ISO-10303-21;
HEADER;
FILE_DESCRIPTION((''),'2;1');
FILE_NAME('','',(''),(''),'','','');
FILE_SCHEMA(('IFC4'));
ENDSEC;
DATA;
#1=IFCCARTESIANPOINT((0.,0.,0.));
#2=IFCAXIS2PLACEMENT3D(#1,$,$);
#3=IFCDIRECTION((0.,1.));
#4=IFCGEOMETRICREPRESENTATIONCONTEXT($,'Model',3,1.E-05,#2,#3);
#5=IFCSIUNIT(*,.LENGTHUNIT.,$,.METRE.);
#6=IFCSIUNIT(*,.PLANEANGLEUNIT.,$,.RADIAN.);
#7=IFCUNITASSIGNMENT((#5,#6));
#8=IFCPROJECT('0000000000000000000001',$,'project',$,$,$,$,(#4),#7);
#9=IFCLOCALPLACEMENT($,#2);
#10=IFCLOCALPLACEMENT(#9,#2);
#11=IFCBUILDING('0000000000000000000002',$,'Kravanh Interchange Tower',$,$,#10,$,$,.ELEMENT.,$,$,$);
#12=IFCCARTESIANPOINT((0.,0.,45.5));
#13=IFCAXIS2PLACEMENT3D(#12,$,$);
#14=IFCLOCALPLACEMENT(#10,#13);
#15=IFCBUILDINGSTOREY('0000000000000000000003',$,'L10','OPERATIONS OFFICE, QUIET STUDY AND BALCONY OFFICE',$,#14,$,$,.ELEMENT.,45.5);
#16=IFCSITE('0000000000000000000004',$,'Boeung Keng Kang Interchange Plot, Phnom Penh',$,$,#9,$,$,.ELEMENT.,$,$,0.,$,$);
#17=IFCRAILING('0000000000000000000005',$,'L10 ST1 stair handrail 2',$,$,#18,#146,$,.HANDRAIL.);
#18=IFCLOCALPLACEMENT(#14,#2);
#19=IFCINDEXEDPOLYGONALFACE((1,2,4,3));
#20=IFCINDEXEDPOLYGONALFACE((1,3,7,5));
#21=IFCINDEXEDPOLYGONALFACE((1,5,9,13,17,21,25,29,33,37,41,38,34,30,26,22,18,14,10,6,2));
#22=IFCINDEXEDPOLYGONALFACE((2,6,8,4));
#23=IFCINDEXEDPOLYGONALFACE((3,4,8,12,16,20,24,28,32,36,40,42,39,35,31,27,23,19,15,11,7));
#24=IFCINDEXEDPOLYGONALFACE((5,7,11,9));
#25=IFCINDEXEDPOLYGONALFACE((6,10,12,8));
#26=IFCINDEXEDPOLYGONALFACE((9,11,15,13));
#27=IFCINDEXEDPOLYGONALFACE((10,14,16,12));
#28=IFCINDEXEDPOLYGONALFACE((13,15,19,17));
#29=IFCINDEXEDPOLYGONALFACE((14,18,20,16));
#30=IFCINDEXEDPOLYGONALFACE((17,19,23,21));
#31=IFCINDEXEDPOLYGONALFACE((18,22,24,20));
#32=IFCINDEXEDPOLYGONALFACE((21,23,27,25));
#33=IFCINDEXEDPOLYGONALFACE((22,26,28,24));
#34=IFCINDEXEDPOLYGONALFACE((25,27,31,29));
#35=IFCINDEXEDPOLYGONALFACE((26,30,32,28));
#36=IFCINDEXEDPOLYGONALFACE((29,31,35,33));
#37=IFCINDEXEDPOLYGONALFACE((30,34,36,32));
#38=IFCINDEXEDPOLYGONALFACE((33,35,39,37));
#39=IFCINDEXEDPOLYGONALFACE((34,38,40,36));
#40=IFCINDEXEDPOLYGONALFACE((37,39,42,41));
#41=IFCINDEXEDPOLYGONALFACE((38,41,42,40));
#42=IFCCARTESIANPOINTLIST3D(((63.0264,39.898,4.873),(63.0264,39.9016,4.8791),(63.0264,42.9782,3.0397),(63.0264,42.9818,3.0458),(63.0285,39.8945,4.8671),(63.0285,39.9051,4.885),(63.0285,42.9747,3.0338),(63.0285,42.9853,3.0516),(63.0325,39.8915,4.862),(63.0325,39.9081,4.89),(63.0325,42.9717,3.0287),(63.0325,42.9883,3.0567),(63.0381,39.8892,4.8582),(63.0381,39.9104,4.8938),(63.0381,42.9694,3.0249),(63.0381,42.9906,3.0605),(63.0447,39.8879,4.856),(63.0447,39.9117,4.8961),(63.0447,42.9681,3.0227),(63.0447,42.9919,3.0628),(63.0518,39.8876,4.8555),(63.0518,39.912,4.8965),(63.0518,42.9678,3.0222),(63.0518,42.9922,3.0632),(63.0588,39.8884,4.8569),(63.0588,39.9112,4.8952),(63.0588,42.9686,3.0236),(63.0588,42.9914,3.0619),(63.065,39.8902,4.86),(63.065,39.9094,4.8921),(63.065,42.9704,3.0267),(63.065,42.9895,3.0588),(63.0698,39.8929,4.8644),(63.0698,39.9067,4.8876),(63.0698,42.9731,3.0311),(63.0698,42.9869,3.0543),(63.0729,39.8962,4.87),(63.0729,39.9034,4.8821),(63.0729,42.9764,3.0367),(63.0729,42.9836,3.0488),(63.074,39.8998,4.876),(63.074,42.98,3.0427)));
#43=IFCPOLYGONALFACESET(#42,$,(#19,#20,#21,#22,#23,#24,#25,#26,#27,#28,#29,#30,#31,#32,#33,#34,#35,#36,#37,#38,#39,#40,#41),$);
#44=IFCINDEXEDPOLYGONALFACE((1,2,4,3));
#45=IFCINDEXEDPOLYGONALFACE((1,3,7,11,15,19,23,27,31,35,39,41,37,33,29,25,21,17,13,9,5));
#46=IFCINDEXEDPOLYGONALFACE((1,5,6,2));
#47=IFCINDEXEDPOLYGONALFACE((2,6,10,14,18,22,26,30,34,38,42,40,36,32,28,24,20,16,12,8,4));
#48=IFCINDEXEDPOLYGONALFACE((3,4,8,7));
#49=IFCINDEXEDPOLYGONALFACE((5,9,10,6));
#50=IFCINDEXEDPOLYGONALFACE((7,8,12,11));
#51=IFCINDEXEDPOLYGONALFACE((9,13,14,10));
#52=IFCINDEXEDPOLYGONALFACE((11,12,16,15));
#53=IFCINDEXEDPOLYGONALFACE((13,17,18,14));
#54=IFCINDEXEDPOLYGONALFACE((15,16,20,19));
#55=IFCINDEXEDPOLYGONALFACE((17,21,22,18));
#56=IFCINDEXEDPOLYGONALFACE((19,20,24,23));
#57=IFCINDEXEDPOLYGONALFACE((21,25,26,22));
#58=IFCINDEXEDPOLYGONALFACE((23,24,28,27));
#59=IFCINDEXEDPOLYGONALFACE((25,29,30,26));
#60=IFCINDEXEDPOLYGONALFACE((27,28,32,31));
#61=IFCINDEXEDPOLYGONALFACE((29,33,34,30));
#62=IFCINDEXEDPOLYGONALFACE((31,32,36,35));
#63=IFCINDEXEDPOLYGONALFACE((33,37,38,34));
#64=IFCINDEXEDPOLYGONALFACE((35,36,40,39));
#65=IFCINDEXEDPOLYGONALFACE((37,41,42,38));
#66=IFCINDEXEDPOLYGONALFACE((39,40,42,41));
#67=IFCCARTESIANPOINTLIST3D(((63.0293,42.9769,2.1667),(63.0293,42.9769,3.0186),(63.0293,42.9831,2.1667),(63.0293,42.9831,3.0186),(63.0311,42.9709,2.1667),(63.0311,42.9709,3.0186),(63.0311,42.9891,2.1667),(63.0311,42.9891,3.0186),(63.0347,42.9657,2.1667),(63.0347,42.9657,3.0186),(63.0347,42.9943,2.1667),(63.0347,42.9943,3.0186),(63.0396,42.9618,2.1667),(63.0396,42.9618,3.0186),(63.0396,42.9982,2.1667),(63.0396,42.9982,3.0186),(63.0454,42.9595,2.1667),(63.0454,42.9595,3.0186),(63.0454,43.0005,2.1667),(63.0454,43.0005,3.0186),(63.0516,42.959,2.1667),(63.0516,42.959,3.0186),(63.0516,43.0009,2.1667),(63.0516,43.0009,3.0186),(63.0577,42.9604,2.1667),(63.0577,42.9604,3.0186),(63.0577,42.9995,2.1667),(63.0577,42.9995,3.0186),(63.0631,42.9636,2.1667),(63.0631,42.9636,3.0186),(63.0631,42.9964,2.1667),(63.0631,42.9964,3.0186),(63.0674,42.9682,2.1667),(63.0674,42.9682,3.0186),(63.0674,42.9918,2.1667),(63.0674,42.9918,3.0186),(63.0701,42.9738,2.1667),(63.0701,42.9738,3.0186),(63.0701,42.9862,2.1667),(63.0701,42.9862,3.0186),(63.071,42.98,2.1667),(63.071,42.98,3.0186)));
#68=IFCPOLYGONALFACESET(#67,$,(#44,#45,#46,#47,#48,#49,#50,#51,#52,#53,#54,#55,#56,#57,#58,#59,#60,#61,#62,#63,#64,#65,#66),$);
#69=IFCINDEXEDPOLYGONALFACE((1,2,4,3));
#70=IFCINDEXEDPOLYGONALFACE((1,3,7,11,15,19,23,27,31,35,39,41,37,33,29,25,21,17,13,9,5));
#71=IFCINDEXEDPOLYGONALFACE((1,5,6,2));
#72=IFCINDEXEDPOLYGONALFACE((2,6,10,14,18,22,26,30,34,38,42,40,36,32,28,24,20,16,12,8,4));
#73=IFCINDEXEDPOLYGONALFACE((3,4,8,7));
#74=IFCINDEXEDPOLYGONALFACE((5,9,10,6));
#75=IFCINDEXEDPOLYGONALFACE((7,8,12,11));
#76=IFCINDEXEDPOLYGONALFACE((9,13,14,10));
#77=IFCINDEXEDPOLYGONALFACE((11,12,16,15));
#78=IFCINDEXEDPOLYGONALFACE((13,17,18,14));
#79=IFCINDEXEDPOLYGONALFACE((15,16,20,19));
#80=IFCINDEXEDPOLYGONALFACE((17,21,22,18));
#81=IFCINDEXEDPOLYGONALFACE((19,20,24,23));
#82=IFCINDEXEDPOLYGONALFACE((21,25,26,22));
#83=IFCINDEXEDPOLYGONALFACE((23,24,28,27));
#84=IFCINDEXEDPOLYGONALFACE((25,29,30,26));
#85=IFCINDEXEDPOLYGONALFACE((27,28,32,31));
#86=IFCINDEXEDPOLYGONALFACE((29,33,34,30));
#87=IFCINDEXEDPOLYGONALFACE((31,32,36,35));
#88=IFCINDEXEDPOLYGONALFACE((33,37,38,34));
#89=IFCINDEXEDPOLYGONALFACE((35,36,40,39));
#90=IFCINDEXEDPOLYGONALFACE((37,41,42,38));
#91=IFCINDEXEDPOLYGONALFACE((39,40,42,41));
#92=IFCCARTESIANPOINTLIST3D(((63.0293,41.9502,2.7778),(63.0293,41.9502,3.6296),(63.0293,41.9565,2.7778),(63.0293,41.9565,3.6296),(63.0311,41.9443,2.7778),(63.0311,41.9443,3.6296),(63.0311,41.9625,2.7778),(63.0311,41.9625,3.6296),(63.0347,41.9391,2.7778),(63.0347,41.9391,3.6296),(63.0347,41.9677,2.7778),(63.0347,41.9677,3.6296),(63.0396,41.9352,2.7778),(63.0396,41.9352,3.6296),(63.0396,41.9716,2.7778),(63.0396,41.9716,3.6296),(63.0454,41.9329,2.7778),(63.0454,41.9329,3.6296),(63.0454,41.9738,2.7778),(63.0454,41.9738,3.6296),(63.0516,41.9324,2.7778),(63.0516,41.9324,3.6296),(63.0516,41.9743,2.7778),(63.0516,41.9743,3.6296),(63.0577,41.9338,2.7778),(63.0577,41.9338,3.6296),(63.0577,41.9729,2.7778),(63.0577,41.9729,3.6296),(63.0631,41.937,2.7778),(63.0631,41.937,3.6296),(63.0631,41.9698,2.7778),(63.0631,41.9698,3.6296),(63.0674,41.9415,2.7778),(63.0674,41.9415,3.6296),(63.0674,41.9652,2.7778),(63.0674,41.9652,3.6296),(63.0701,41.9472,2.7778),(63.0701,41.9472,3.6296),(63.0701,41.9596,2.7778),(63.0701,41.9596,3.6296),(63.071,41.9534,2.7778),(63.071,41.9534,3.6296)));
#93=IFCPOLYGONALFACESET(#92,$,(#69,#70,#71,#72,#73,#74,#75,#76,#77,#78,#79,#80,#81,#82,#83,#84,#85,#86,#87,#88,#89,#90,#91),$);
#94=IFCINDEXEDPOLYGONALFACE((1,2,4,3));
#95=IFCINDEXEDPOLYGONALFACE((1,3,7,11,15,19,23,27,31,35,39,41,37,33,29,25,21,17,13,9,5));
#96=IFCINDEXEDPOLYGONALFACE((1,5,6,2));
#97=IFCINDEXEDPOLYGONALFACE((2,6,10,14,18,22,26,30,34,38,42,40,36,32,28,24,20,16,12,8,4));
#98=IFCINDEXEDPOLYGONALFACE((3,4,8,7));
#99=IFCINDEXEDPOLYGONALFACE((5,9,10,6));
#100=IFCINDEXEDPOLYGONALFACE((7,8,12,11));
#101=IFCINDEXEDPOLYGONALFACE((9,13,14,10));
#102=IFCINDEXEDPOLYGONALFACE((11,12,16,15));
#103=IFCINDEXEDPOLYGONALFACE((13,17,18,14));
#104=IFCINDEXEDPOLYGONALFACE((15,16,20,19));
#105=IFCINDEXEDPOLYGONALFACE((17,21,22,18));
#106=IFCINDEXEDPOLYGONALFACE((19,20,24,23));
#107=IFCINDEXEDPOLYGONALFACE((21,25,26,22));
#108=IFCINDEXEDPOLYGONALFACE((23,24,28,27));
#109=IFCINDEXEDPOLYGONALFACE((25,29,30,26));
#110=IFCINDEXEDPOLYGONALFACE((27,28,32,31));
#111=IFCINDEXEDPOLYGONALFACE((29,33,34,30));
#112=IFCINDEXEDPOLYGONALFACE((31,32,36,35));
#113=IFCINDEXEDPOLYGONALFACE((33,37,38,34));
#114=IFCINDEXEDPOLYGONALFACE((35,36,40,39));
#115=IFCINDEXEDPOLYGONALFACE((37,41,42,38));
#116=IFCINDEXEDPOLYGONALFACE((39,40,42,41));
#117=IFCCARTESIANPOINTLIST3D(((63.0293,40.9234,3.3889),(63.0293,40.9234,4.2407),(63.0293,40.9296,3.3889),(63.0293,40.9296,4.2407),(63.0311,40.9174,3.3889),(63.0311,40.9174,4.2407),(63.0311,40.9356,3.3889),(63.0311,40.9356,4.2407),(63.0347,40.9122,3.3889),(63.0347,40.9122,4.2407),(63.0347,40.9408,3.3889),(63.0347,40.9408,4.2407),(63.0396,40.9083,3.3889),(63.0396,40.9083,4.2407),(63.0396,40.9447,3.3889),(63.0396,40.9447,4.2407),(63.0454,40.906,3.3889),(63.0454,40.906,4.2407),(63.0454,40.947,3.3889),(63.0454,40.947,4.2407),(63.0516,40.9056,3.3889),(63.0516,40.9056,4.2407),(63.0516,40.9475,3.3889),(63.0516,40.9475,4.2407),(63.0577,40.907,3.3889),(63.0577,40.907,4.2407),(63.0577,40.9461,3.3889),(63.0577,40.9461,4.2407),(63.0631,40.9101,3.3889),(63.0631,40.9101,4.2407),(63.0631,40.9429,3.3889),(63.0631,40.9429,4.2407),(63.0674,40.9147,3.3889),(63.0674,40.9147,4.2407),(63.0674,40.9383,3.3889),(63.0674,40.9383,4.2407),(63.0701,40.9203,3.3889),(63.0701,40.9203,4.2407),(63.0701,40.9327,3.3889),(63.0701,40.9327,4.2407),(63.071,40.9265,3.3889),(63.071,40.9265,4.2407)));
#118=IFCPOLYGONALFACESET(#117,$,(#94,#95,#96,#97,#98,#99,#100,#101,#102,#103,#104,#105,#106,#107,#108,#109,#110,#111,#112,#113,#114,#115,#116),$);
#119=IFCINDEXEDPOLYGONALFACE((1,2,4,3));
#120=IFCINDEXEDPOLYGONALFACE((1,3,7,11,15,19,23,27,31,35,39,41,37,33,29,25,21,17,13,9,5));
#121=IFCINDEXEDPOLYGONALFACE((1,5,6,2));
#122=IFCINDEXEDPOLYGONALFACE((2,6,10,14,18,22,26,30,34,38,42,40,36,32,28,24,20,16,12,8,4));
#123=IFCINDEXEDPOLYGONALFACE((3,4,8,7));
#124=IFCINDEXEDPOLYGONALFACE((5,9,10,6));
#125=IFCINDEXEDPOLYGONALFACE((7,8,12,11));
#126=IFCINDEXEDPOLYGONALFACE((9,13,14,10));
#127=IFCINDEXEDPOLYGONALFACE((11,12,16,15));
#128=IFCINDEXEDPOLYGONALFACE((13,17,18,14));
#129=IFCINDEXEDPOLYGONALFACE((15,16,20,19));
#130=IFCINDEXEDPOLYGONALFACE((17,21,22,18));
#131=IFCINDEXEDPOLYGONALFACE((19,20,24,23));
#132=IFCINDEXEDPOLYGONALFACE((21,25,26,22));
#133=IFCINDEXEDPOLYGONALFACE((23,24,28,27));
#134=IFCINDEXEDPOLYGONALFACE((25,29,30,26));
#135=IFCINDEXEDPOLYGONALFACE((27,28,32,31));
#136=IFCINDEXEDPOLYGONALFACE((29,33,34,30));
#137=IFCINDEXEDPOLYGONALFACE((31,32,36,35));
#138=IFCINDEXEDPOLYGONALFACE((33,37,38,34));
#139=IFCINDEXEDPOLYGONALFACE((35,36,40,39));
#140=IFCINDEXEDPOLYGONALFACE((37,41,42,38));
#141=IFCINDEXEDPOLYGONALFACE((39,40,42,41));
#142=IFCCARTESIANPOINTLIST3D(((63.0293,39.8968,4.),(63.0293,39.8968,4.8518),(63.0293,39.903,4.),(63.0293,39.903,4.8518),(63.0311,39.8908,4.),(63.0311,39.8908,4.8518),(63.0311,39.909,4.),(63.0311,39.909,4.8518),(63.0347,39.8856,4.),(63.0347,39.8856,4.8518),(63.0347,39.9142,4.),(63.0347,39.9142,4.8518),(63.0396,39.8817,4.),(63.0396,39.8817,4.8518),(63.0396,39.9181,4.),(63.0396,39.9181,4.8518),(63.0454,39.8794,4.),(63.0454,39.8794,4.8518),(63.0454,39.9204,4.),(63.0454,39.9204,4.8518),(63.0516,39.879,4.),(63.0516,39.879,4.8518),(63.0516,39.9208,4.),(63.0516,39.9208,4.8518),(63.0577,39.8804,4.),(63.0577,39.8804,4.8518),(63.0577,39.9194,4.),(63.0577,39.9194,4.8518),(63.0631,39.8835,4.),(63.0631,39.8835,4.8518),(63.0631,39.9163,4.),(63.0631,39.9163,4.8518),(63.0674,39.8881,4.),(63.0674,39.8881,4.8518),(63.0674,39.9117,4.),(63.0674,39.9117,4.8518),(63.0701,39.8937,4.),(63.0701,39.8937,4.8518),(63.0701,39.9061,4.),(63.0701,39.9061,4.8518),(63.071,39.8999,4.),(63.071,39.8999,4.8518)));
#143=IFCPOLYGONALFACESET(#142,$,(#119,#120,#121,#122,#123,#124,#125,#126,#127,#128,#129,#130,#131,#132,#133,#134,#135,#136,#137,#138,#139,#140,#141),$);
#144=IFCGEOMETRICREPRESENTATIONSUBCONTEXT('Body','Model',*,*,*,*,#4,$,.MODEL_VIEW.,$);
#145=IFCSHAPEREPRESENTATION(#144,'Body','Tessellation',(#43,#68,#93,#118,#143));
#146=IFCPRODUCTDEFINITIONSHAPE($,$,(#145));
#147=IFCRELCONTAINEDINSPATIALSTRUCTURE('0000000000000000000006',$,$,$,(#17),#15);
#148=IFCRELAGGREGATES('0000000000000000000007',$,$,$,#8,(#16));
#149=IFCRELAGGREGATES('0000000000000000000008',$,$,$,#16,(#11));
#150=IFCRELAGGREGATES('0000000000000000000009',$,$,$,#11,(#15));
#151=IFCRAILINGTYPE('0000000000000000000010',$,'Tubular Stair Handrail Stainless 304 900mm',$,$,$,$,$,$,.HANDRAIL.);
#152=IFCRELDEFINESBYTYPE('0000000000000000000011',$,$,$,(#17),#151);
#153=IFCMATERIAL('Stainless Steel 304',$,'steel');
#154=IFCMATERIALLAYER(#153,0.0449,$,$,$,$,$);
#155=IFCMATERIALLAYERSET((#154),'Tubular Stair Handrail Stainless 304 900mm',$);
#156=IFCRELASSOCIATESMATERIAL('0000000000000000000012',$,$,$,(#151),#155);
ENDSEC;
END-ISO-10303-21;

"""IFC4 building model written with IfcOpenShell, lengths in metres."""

from ifc_helpers import new_model, si_unit, direction, frame, origin, origin_2d, place, context, subcontext, project, spatial, circle, extrude, material, layer, layer_set, type_object, element, save


model = new_model("IFC4")

# Units and contexts
model_context = context("Model", 3, precision=1e-05, world=origin(), true_north=direction((0.0, 1.0)))
body_context = subcontext(model_context, "Body", "Model", "MODEL_VIEW")
ifc_project = project(units=[si_unit("LENGTHUNIT", "METRE"), si_unit("PLANEANGLEUNIT", "RADIAN")], contexts=[model_context])

# Site, building, storey
site_placement = place(None, origin())
site = spatial("IfcSite", under=ifc_project, at=site_placement, Name="Boeung Keng Kang Interchange Plot, Phnom Penh", CompositionType="ELEMENT", RefElevation=0.0)
building_placement = place(site_placement, origin())
building = spatial("IfcBuilding", under=site, at=building_placement, Name="Kravanh Interchange Tower", CompositionType="ELEMENT")
storey_placement = place(building_placement, frame((0.0, 0.0, 45.5)))
storey = spatial("IfcBuildingStorey", under=building, at=storey_placement, Name="L10", Description="OPERATIONS OFFICE, QUIET STUDY AND BALCONY OFFICE", CompositionType="ELEMENT", Elevation=45.5)

# Railing
ifc_material_1 = material(Name="Stainless Steel 304", Category="steel")
ifc_layer_1 = layer(ifc_material_1, 0.0449)
ifc_layer_set_1 = layer_set([ifc_layer_1], Name="Tubular Stair Handrail Stainless 304 900mm")
railing_type_1 = type_object("IfcRailingType", Name="Tubular Stair Handrail Stainless 304 900mm", PredefinedType="HANDRAIL", material=ifc_layer_set_1)
railing_1_placement = place(storey_placement, frame((63.05, 42.98, 2.1667)))
element("IfcRailing", 1, at=railing_1_placement, inside=storey, type_object=railing_type_1, Name="L10 ST1 stair handrail 2", PredefinedType="HANDRAIL", context=body_context, shape_type="SweptSolid", body=[
    extrude(circle(Radius=0.0239, at=origin_2d()), frame((0.0, 0.0, 0.876), z_axis=(0.0, -0.859309, 0.511458), x_axis=(1.0, 0.0, 0.0)), (0.0, 0.0, 1.0), 3.5845),
    extrude(circle(Radius=0.021, at=origin_2d()), origin(), (0.0, 0.0, 1.0), 0.8518),
    extrude(circle(Radius=0.021, at=origin_2d()), frame((0.0, -1.0266, 0.6111)), (0.0, 0.0, 1.0), 0.8518),
    extrude(circle(Radius=0.021, at=origin_2d()), frame((0.0, -2.0535, 1.2222)), (0.0, 0.0, 1.0), 0.8518),
    extrude(circle(Radius=0.021, at=origin_2d()), frame((0.0, -3.0801, 1.8333)), (0.0, 0.0, 1.0), 0.8518),
])

save(model, "model.ifc")
